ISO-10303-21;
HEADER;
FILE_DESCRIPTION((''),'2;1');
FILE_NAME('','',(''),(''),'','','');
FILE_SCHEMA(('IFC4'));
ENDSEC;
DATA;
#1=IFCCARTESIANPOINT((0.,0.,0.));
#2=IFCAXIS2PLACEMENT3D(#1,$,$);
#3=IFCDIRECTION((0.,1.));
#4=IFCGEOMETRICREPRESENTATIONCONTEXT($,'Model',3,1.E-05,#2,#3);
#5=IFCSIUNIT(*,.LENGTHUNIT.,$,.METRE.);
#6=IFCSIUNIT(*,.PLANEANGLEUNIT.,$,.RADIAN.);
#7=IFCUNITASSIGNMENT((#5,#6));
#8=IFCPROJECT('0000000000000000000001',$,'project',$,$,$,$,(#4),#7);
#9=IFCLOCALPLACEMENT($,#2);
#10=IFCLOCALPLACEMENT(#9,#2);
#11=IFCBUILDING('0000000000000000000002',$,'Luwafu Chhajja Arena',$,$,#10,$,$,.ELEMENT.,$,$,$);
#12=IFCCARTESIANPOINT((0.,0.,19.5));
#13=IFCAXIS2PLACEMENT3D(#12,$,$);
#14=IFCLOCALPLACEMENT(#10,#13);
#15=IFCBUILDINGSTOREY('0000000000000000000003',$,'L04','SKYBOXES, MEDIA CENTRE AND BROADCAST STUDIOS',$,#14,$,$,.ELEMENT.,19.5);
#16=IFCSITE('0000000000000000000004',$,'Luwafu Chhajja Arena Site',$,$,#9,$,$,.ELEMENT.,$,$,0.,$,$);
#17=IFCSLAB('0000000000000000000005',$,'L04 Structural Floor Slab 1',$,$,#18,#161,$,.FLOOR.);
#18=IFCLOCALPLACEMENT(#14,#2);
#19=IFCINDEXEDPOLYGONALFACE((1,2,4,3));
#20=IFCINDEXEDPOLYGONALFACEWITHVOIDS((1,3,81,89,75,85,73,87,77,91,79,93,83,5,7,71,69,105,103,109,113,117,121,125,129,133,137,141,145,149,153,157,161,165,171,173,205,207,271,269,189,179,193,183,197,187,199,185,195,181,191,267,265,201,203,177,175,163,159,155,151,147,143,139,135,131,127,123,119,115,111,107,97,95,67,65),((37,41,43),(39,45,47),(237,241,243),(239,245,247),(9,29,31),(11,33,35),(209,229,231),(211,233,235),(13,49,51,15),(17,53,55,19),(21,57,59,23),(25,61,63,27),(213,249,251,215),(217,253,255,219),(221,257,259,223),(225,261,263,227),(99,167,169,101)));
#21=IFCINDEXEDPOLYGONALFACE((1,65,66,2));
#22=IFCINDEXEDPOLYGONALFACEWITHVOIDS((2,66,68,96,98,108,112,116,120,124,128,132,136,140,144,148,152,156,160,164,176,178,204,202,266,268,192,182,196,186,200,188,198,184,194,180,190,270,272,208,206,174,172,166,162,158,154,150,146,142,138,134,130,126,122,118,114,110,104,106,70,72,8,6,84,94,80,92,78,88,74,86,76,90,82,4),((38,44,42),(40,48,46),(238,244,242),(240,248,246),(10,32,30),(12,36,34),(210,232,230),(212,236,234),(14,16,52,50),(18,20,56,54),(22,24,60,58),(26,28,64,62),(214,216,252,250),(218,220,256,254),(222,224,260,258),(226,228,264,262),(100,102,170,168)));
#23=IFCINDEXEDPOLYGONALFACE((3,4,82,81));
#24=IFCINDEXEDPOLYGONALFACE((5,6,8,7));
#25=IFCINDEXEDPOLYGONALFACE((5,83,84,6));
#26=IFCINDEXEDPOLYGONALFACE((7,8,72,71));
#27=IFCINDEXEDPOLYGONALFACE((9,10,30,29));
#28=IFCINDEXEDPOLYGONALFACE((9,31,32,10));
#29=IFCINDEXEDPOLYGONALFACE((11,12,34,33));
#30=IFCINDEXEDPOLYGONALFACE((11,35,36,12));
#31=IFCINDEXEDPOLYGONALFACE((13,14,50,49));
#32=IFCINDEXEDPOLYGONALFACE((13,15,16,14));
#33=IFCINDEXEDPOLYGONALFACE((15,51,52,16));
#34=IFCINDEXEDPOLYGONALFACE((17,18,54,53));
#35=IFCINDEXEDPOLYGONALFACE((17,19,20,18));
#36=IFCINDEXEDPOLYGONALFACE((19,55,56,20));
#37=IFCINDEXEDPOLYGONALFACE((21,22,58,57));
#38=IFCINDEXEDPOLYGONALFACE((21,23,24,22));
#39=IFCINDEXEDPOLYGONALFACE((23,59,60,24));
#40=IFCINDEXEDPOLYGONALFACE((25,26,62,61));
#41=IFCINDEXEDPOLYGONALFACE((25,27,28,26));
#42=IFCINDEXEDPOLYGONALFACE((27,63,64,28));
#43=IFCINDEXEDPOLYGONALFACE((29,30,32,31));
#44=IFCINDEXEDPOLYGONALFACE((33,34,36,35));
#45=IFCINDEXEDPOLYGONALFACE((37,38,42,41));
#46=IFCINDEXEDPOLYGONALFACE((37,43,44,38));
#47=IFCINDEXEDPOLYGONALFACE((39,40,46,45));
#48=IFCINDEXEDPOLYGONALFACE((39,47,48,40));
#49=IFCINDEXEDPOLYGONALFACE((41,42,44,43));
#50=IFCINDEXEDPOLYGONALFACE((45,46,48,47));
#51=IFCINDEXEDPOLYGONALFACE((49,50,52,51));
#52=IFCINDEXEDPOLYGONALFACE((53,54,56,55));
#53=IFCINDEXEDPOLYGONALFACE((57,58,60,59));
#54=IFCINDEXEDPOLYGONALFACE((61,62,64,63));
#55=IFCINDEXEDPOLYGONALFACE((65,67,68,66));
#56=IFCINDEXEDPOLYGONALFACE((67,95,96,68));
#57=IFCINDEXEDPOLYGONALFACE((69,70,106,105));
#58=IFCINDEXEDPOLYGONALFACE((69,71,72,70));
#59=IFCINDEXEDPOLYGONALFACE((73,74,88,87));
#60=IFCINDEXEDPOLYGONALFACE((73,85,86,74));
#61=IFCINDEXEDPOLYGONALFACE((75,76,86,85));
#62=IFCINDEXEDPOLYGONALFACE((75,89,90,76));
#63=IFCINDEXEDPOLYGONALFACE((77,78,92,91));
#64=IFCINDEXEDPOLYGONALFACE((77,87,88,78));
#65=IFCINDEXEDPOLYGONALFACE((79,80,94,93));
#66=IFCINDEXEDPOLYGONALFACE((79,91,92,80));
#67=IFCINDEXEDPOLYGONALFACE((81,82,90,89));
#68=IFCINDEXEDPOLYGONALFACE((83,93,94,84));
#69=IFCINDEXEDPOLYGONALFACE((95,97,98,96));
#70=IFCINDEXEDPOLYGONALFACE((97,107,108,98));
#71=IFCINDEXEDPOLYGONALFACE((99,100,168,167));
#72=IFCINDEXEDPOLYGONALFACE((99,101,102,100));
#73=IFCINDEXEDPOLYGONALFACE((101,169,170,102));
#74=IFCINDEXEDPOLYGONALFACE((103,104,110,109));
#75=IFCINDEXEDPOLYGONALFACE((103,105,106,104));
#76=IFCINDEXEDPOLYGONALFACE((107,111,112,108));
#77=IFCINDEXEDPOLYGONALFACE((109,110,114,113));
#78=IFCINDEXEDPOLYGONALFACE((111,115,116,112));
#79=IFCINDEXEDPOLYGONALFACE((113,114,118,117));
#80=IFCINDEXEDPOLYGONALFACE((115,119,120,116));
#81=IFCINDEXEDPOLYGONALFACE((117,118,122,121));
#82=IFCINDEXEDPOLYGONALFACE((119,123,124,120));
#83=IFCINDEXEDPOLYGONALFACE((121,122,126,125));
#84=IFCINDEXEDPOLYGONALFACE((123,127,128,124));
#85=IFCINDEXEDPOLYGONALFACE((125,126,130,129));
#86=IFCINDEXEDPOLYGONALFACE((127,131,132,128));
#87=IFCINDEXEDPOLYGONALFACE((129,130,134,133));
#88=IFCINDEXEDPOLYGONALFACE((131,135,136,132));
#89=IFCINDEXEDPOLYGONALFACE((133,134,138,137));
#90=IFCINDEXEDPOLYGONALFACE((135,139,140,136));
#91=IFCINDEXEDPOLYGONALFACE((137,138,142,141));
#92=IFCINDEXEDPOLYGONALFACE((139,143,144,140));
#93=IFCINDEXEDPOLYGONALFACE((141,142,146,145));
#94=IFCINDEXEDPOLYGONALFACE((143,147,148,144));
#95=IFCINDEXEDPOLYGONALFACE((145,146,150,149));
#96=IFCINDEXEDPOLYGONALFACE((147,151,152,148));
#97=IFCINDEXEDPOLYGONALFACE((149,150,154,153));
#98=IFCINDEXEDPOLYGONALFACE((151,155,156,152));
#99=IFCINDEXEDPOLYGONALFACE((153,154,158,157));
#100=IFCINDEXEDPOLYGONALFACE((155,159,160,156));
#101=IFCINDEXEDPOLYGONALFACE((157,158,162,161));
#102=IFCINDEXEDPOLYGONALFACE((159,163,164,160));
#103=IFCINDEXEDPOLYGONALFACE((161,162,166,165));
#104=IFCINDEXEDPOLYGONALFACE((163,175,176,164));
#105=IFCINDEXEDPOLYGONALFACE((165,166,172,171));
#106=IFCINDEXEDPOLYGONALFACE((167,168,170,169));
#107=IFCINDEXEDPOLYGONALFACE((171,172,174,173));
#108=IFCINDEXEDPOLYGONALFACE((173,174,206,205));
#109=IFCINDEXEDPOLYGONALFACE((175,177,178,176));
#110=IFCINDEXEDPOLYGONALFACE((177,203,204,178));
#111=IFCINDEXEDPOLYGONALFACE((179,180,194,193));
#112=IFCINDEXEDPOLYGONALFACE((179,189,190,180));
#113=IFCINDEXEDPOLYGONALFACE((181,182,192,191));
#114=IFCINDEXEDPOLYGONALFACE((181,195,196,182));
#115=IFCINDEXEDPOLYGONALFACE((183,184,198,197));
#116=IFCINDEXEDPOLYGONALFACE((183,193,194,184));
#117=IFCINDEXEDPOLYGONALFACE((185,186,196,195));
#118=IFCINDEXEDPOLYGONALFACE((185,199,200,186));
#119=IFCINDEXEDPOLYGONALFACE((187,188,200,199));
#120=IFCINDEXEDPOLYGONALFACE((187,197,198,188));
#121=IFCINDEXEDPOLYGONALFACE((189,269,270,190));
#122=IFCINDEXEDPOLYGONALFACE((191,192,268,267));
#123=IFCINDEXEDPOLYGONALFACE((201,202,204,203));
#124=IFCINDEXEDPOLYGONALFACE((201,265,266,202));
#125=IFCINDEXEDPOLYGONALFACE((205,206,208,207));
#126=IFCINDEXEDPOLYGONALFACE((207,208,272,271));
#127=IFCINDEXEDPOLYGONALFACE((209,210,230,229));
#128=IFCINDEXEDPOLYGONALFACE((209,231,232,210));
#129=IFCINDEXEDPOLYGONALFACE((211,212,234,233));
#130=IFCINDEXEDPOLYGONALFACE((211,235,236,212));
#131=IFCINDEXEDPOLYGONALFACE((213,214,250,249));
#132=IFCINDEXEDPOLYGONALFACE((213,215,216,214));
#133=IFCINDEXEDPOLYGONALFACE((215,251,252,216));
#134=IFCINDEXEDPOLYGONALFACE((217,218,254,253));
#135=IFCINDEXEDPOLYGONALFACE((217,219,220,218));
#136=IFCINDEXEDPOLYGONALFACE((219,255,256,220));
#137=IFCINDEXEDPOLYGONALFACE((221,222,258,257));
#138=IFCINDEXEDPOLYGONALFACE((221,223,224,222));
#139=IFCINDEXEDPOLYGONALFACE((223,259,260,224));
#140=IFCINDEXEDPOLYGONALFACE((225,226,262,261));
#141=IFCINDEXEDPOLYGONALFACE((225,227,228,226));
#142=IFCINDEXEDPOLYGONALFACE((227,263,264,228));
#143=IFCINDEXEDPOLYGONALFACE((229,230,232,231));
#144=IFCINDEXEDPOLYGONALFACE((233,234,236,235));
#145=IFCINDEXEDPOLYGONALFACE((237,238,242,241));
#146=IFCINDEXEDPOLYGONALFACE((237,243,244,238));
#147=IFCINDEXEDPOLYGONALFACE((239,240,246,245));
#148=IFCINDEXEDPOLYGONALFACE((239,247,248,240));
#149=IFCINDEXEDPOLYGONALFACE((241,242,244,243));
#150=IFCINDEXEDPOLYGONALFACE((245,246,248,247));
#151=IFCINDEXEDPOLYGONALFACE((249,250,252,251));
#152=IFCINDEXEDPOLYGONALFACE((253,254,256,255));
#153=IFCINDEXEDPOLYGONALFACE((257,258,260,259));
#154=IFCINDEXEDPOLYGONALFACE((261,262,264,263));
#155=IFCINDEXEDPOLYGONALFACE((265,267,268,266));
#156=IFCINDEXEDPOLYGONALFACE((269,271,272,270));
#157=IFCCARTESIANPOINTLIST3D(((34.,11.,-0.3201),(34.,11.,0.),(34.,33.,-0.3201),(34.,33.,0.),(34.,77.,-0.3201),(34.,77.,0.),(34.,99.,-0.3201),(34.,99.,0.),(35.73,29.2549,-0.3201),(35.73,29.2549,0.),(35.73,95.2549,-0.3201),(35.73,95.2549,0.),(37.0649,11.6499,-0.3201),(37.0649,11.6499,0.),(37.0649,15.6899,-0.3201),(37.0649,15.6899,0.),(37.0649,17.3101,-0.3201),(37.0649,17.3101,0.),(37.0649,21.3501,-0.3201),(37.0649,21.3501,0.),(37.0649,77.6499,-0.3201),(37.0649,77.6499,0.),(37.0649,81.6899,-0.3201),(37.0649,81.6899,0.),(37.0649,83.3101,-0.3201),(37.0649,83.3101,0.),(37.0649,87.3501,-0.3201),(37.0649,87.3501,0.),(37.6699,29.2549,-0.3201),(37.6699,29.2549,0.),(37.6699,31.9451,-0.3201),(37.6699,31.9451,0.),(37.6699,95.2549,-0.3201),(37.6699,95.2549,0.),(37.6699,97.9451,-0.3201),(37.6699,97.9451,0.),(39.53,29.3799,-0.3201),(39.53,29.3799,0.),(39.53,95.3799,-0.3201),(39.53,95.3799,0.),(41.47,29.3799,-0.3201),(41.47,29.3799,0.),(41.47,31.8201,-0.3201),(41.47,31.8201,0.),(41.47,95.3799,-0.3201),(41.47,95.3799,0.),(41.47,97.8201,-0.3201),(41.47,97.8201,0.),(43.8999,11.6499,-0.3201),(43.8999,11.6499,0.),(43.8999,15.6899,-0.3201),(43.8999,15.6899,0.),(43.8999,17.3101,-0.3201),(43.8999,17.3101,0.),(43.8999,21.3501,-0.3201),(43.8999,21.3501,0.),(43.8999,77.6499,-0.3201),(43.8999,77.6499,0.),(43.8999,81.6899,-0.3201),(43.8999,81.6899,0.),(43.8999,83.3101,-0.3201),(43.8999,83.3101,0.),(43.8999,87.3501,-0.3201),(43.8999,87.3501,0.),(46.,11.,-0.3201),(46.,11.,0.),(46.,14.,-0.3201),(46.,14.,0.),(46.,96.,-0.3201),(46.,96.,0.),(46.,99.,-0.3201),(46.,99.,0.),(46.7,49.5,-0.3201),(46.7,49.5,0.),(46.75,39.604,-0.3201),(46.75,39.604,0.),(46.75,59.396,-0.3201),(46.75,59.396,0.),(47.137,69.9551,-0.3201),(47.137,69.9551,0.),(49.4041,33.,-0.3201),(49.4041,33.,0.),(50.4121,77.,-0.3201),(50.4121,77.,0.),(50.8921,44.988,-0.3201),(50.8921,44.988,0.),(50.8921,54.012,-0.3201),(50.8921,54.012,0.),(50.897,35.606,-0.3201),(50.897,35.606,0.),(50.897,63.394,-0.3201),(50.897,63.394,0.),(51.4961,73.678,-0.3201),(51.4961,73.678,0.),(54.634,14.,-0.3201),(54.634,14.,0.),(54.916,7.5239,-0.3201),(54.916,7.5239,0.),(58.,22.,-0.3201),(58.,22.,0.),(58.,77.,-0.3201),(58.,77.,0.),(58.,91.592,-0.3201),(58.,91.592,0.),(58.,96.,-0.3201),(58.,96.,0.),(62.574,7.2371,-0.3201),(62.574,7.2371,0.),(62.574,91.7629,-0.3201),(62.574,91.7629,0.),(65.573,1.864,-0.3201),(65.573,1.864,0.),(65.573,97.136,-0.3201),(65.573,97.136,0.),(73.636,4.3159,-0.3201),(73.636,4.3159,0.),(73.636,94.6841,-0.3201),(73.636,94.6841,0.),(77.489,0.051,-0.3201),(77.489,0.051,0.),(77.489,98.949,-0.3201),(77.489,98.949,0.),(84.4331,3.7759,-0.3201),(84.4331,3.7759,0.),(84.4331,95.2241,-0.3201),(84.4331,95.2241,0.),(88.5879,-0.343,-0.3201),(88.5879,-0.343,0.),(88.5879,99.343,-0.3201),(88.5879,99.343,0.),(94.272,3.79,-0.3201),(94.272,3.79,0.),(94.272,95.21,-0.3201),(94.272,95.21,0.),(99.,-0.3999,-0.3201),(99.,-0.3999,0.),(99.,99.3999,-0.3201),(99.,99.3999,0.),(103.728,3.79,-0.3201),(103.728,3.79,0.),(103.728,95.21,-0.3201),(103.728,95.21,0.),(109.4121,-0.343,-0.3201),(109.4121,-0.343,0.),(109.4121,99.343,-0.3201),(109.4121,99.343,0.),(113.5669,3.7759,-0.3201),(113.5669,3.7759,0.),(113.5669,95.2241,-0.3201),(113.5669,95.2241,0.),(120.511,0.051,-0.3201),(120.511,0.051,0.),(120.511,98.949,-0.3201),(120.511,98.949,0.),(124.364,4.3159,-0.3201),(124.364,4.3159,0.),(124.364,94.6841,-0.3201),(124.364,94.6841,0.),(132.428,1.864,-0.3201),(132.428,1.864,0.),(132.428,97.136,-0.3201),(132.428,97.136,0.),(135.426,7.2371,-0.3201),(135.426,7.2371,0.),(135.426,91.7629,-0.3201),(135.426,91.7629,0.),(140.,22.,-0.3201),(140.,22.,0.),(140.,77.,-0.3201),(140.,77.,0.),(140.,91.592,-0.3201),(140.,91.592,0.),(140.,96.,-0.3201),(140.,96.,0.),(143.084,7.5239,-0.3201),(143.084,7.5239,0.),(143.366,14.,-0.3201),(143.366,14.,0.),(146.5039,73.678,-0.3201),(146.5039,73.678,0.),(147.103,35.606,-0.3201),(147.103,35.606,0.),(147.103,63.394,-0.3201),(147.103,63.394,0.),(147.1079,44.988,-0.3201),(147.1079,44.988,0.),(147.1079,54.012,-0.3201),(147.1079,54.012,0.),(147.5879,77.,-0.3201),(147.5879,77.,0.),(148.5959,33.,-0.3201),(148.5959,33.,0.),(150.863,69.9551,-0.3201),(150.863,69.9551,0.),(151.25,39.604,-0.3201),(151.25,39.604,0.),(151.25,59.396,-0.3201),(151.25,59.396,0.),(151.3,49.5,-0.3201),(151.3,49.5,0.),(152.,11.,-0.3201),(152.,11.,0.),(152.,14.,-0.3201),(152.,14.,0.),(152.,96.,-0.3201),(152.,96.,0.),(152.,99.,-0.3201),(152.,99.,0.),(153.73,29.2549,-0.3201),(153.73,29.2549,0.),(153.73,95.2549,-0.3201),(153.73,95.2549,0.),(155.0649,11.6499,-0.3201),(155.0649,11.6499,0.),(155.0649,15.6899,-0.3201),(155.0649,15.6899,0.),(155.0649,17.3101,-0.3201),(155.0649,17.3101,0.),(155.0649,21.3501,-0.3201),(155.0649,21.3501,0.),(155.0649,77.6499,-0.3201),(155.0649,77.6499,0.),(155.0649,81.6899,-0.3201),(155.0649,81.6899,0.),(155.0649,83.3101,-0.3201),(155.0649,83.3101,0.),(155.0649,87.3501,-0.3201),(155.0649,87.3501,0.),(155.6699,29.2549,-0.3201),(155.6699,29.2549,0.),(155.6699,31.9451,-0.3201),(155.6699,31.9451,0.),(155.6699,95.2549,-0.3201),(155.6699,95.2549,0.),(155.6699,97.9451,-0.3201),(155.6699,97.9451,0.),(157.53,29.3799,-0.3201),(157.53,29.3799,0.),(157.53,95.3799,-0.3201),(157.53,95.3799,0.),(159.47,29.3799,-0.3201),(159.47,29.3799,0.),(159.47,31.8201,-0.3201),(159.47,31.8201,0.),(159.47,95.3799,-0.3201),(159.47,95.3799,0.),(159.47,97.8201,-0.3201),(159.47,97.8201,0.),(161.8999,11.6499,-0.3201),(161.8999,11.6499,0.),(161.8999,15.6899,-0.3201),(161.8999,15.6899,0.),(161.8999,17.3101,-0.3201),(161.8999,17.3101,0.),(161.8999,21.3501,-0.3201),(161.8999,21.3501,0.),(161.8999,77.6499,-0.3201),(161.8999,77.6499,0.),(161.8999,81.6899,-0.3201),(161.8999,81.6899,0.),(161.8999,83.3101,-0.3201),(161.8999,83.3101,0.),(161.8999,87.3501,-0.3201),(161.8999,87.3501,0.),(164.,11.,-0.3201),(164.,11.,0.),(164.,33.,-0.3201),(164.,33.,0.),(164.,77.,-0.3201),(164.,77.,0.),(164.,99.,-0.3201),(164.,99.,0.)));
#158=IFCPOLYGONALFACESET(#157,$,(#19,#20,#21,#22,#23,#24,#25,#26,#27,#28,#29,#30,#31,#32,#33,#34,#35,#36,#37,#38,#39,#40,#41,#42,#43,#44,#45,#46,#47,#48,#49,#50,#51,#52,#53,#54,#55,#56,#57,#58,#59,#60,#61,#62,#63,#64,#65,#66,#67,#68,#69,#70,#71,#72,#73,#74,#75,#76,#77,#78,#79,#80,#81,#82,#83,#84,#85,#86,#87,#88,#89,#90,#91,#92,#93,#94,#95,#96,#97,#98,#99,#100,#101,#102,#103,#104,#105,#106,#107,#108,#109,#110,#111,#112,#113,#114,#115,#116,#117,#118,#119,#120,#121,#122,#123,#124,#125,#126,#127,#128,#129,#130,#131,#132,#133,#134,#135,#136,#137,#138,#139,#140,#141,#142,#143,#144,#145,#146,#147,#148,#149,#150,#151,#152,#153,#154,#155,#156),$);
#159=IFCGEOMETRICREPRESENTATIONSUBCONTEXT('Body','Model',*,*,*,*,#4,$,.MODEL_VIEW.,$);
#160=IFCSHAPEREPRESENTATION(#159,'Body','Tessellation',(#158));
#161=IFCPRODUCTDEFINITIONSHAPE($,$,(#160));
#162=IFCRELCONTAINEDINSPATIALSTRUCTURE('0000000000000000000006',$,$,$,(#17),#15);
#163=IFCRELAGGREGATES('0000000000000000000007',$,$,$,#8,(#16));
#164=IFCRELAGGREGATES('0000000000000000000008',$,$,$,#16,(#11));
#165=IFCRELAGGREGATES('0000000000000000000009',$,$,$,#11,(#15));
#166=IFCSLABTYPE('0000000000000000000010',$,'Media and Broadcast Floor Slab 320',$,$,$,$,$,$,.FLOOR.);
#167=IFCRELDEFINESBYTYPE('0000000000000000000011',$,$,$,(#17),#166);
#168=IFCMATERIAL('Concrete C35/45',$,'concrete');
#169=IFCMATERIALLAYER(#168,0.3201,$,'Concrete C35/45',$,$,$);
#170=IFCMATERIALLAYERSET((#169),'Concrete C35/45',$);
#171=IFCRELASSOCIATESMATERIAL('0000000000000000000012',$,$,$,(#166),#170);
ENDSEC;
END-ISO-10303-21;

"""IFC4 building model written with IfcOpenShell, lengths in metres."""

from ifc_helpers import new_model, si_unit, direction, frame, origin, place, context, subcontext, project, spatial, polyline, outline, extrude, material, layer, layer_set, type_object, element, save


model = new_model("IFC4")

# Units and contexts
model_context = context("Model", 3, precision=1e-05, world=origin(), true_north=direction((0.0, 1.0)))
body_context = subcontext(model_context, "Body", "Model", "MODEL_VIEW")
ifc_project = project(units=[si_unit("LENGTHUNIT", "METRE"), si_unit("PLANEANGLEUNIT", "RADIAN")], contexts=[model_context])

# Site, building, storey
site_placement = place(None, origin())
site = spatial("IfcSite", under=ifc_project, at=site_placement, Name="Luwafu Chhajja Arena Site", CompositionType="ELEMENT", RefElevation=0.0)
building_placement = place(site_placement, origin())
building = spatial("IfcBuilding", under=site, at=building_placement, Name="Luwafu Chhajja Arena", CompositionType="ELEMENT")
storey_placement = place(building_placement, frame((0.0, 0.0, 19.5)))
storey = spatial("IfcBuildingStorey", under=building, at=storey_placement, Name="L04", Description="SKYBOXES, MEDIA CENTRE AND BROADCAST STUDIOS", CompositionType="ELEMENT", Elevation=19.5)

# Shared definitions
ifc_material_1 = material(Name="Concrete C35/45", Category="concrete")

# Slab
ifc_layer_1 = layer(ifc_material_1, 0.3201, Name="Concrete C35/45")
ifc_layer_set_1 = layer_set([ifc_layer_1], Name="Concrete C35/45")
slab_type_1 = type_object("IfcSlabType", Name="Media and Broadcast Floor Slab 320", PredefinedType="FLOOR", material=ifc_layer_set_1)
slab_1_placement = place(storey_placement, frame((0.0, 0.0, -0.3201)))
element("IfcSlab", 1, at=slab_1_placement, inside=storey, type_object=slab_type_1, Name="L04 Structural Floor Slab 1", PredefinedType="FLOOR", context=body_context, shape_type="SweptSolid", body=[
    extrude(outline(polyline([(46.0, 96.0), (58.0, 96.0), (58.0, 91.592), (62.574, 91.7629), (65.573, 97.136), (73.636, 94.6841), (77.489, 98.949), (84.4331, 95.2241), (88.5879, 99.343), (94.272, 95.21), (99.0, 99.3999), (103.728, 95.21), (109.4121, 99.343), (113.5669, 95.2241), (120.511, 98.949), (124.364, 94.6841), (132.428, 97.136), (135.426, 91.7629), (140.0, 91.592), (140.0, 96.0), (152.0, 96.0), (152.0, 99.0), (164.0, 99.0), (164.0, 77.0), (147.5879, 77.0), (146.5039, 73.678), (150.863, 69.9551), (147.103, 63.394), (151.25, 59.396), (147.1079, 54.012), (151.3, 49.5), (147.1079, 44.988), (151.25, 39.604), (147.103, 35.606), (148.5959, 33.0), (164.0, 33.0), (164.0, 11.0), (152.0, 11.0), (152.0, 14.0), (143.366, 14.0), (143.084, 7.5239), (135.426, 7.2371), (132.428, 1.864), (124.364, 4.3159), (120.511, 0.051), (113.5669, 3.7759), (109.4121, -0.343), (103.728, 3.79), (99.0, -0.3999), (94.272, 3.79), (88.5879, -0.343), (84.4331, 3.7759), (77.489, 0.051), (73.636, 4.3159), (65.573, 1.864), (62.574, 7.2371), (54.916, 7.5239), (54.634, 14.0), (46.0, 14.0), (46.0, 11.0), (34.0, 11.0), (34.0, 33.0), (49.4041, 33.0), (50.897, 35.606), (46.75, 39.604), (50.8921, 44.988), (46.7, 49.5), (50.8921, 54.012), (46.75, 59.396), (50.897, 63.394), (47.137, 69.9551), (51.4961, 73.678), (50.4121, 77.0), (34.0, 77.0), (34.0, 99.0), (46.0, 99.0), (46.0, 96.0)]), holes=[polyline([(161.8999, 83.3101), (161.8999, 87.3501), (155.0649, 87.3501), (155.0649, 83.3101), (161.8999, 83.3101)]), polyline([(161.8999, 81.6899), (155.0649, 81.6899), (155.0649, 77.6499), (161.8999, 77.6499), (161.8999, 81.6899)]), polyline([(161.8999, 17.3101), (161.8999, 21.3501), (155.0649, 21.3501), (155.0649, 17.3101), (161.8999, 17.3101)]), polyline([(161.8999, 15.6899), (155.0649, 15.6899), (155.0649, 11.6499), (161.8999, 11.6499), (161.8999, 15.6899)]), polyline([(159.47, 95.3799), (159.47, 97.8201), (157.53, 95.3799), (159.47, 95.3799)]), polyline([(159.47, 31.8201), (157.53, 29.3799), (159.47, 29.3799), (159.47, 31.8201)]), polyline([(155.6699, 97.9451), (153.73, 95.2549), (155.6699, 95.2549), (155.6699, 97.9451)]), polyline([(153.73, 29.2549), (155.6699, 29.2549), (155.6699, 31.9451), (153.73, 29.2549)]), polyline([(58.0, 77.0), (58.0, 22.0), (140.0, 22.0), (140.0, 77.0), (58.0, 77.0)]), polyline([(37.0649, 11.6499), (43.8999, 11.6499), (43.8999, 15.6899), (37.0649, 15.6899), (37.0649, 11.6499)]), polyline([(37.0649, 87.3501), (37.0649, 83.3101), (43.8999, 83.3101), (43.8999, 87.3501), (37.0649, 87.3501)]), polyline([(37.0649, 77.6499), (43.8999, 77.6499), (43.8999, 81.6899), (37.0649, 81.6899), (37.0649, 77.6499)]), polyline([(37.0649, 21.3501), (37.0649, 17.3101), (43.8999, 17.3101), (43.8999, 21.3501), (37.0649, 21.3501)]), polyline([(41.47, 29.3799), (41.47, 31.8201), (39.53, 29.3799), (41.47, 29.3799)]), polyline([(39.53, 95.3799), (41.47, 95.3799), (41.47, 97.8201), (39.53, 95.3799)]), polyline([(37.6699, 95.2549), (37.6699, 97.9451), (35.73, 95.2549), (37.6699, 95.2549)]), polyline([(37.6699, 31.9451), (35.73, 29.2549), (37.6699, 29.2549), (37.6699, 31.9451)])]), origin(), (0.0, 0.0, 1.0), 0.3201),
])

save(model, "model.ifc")
